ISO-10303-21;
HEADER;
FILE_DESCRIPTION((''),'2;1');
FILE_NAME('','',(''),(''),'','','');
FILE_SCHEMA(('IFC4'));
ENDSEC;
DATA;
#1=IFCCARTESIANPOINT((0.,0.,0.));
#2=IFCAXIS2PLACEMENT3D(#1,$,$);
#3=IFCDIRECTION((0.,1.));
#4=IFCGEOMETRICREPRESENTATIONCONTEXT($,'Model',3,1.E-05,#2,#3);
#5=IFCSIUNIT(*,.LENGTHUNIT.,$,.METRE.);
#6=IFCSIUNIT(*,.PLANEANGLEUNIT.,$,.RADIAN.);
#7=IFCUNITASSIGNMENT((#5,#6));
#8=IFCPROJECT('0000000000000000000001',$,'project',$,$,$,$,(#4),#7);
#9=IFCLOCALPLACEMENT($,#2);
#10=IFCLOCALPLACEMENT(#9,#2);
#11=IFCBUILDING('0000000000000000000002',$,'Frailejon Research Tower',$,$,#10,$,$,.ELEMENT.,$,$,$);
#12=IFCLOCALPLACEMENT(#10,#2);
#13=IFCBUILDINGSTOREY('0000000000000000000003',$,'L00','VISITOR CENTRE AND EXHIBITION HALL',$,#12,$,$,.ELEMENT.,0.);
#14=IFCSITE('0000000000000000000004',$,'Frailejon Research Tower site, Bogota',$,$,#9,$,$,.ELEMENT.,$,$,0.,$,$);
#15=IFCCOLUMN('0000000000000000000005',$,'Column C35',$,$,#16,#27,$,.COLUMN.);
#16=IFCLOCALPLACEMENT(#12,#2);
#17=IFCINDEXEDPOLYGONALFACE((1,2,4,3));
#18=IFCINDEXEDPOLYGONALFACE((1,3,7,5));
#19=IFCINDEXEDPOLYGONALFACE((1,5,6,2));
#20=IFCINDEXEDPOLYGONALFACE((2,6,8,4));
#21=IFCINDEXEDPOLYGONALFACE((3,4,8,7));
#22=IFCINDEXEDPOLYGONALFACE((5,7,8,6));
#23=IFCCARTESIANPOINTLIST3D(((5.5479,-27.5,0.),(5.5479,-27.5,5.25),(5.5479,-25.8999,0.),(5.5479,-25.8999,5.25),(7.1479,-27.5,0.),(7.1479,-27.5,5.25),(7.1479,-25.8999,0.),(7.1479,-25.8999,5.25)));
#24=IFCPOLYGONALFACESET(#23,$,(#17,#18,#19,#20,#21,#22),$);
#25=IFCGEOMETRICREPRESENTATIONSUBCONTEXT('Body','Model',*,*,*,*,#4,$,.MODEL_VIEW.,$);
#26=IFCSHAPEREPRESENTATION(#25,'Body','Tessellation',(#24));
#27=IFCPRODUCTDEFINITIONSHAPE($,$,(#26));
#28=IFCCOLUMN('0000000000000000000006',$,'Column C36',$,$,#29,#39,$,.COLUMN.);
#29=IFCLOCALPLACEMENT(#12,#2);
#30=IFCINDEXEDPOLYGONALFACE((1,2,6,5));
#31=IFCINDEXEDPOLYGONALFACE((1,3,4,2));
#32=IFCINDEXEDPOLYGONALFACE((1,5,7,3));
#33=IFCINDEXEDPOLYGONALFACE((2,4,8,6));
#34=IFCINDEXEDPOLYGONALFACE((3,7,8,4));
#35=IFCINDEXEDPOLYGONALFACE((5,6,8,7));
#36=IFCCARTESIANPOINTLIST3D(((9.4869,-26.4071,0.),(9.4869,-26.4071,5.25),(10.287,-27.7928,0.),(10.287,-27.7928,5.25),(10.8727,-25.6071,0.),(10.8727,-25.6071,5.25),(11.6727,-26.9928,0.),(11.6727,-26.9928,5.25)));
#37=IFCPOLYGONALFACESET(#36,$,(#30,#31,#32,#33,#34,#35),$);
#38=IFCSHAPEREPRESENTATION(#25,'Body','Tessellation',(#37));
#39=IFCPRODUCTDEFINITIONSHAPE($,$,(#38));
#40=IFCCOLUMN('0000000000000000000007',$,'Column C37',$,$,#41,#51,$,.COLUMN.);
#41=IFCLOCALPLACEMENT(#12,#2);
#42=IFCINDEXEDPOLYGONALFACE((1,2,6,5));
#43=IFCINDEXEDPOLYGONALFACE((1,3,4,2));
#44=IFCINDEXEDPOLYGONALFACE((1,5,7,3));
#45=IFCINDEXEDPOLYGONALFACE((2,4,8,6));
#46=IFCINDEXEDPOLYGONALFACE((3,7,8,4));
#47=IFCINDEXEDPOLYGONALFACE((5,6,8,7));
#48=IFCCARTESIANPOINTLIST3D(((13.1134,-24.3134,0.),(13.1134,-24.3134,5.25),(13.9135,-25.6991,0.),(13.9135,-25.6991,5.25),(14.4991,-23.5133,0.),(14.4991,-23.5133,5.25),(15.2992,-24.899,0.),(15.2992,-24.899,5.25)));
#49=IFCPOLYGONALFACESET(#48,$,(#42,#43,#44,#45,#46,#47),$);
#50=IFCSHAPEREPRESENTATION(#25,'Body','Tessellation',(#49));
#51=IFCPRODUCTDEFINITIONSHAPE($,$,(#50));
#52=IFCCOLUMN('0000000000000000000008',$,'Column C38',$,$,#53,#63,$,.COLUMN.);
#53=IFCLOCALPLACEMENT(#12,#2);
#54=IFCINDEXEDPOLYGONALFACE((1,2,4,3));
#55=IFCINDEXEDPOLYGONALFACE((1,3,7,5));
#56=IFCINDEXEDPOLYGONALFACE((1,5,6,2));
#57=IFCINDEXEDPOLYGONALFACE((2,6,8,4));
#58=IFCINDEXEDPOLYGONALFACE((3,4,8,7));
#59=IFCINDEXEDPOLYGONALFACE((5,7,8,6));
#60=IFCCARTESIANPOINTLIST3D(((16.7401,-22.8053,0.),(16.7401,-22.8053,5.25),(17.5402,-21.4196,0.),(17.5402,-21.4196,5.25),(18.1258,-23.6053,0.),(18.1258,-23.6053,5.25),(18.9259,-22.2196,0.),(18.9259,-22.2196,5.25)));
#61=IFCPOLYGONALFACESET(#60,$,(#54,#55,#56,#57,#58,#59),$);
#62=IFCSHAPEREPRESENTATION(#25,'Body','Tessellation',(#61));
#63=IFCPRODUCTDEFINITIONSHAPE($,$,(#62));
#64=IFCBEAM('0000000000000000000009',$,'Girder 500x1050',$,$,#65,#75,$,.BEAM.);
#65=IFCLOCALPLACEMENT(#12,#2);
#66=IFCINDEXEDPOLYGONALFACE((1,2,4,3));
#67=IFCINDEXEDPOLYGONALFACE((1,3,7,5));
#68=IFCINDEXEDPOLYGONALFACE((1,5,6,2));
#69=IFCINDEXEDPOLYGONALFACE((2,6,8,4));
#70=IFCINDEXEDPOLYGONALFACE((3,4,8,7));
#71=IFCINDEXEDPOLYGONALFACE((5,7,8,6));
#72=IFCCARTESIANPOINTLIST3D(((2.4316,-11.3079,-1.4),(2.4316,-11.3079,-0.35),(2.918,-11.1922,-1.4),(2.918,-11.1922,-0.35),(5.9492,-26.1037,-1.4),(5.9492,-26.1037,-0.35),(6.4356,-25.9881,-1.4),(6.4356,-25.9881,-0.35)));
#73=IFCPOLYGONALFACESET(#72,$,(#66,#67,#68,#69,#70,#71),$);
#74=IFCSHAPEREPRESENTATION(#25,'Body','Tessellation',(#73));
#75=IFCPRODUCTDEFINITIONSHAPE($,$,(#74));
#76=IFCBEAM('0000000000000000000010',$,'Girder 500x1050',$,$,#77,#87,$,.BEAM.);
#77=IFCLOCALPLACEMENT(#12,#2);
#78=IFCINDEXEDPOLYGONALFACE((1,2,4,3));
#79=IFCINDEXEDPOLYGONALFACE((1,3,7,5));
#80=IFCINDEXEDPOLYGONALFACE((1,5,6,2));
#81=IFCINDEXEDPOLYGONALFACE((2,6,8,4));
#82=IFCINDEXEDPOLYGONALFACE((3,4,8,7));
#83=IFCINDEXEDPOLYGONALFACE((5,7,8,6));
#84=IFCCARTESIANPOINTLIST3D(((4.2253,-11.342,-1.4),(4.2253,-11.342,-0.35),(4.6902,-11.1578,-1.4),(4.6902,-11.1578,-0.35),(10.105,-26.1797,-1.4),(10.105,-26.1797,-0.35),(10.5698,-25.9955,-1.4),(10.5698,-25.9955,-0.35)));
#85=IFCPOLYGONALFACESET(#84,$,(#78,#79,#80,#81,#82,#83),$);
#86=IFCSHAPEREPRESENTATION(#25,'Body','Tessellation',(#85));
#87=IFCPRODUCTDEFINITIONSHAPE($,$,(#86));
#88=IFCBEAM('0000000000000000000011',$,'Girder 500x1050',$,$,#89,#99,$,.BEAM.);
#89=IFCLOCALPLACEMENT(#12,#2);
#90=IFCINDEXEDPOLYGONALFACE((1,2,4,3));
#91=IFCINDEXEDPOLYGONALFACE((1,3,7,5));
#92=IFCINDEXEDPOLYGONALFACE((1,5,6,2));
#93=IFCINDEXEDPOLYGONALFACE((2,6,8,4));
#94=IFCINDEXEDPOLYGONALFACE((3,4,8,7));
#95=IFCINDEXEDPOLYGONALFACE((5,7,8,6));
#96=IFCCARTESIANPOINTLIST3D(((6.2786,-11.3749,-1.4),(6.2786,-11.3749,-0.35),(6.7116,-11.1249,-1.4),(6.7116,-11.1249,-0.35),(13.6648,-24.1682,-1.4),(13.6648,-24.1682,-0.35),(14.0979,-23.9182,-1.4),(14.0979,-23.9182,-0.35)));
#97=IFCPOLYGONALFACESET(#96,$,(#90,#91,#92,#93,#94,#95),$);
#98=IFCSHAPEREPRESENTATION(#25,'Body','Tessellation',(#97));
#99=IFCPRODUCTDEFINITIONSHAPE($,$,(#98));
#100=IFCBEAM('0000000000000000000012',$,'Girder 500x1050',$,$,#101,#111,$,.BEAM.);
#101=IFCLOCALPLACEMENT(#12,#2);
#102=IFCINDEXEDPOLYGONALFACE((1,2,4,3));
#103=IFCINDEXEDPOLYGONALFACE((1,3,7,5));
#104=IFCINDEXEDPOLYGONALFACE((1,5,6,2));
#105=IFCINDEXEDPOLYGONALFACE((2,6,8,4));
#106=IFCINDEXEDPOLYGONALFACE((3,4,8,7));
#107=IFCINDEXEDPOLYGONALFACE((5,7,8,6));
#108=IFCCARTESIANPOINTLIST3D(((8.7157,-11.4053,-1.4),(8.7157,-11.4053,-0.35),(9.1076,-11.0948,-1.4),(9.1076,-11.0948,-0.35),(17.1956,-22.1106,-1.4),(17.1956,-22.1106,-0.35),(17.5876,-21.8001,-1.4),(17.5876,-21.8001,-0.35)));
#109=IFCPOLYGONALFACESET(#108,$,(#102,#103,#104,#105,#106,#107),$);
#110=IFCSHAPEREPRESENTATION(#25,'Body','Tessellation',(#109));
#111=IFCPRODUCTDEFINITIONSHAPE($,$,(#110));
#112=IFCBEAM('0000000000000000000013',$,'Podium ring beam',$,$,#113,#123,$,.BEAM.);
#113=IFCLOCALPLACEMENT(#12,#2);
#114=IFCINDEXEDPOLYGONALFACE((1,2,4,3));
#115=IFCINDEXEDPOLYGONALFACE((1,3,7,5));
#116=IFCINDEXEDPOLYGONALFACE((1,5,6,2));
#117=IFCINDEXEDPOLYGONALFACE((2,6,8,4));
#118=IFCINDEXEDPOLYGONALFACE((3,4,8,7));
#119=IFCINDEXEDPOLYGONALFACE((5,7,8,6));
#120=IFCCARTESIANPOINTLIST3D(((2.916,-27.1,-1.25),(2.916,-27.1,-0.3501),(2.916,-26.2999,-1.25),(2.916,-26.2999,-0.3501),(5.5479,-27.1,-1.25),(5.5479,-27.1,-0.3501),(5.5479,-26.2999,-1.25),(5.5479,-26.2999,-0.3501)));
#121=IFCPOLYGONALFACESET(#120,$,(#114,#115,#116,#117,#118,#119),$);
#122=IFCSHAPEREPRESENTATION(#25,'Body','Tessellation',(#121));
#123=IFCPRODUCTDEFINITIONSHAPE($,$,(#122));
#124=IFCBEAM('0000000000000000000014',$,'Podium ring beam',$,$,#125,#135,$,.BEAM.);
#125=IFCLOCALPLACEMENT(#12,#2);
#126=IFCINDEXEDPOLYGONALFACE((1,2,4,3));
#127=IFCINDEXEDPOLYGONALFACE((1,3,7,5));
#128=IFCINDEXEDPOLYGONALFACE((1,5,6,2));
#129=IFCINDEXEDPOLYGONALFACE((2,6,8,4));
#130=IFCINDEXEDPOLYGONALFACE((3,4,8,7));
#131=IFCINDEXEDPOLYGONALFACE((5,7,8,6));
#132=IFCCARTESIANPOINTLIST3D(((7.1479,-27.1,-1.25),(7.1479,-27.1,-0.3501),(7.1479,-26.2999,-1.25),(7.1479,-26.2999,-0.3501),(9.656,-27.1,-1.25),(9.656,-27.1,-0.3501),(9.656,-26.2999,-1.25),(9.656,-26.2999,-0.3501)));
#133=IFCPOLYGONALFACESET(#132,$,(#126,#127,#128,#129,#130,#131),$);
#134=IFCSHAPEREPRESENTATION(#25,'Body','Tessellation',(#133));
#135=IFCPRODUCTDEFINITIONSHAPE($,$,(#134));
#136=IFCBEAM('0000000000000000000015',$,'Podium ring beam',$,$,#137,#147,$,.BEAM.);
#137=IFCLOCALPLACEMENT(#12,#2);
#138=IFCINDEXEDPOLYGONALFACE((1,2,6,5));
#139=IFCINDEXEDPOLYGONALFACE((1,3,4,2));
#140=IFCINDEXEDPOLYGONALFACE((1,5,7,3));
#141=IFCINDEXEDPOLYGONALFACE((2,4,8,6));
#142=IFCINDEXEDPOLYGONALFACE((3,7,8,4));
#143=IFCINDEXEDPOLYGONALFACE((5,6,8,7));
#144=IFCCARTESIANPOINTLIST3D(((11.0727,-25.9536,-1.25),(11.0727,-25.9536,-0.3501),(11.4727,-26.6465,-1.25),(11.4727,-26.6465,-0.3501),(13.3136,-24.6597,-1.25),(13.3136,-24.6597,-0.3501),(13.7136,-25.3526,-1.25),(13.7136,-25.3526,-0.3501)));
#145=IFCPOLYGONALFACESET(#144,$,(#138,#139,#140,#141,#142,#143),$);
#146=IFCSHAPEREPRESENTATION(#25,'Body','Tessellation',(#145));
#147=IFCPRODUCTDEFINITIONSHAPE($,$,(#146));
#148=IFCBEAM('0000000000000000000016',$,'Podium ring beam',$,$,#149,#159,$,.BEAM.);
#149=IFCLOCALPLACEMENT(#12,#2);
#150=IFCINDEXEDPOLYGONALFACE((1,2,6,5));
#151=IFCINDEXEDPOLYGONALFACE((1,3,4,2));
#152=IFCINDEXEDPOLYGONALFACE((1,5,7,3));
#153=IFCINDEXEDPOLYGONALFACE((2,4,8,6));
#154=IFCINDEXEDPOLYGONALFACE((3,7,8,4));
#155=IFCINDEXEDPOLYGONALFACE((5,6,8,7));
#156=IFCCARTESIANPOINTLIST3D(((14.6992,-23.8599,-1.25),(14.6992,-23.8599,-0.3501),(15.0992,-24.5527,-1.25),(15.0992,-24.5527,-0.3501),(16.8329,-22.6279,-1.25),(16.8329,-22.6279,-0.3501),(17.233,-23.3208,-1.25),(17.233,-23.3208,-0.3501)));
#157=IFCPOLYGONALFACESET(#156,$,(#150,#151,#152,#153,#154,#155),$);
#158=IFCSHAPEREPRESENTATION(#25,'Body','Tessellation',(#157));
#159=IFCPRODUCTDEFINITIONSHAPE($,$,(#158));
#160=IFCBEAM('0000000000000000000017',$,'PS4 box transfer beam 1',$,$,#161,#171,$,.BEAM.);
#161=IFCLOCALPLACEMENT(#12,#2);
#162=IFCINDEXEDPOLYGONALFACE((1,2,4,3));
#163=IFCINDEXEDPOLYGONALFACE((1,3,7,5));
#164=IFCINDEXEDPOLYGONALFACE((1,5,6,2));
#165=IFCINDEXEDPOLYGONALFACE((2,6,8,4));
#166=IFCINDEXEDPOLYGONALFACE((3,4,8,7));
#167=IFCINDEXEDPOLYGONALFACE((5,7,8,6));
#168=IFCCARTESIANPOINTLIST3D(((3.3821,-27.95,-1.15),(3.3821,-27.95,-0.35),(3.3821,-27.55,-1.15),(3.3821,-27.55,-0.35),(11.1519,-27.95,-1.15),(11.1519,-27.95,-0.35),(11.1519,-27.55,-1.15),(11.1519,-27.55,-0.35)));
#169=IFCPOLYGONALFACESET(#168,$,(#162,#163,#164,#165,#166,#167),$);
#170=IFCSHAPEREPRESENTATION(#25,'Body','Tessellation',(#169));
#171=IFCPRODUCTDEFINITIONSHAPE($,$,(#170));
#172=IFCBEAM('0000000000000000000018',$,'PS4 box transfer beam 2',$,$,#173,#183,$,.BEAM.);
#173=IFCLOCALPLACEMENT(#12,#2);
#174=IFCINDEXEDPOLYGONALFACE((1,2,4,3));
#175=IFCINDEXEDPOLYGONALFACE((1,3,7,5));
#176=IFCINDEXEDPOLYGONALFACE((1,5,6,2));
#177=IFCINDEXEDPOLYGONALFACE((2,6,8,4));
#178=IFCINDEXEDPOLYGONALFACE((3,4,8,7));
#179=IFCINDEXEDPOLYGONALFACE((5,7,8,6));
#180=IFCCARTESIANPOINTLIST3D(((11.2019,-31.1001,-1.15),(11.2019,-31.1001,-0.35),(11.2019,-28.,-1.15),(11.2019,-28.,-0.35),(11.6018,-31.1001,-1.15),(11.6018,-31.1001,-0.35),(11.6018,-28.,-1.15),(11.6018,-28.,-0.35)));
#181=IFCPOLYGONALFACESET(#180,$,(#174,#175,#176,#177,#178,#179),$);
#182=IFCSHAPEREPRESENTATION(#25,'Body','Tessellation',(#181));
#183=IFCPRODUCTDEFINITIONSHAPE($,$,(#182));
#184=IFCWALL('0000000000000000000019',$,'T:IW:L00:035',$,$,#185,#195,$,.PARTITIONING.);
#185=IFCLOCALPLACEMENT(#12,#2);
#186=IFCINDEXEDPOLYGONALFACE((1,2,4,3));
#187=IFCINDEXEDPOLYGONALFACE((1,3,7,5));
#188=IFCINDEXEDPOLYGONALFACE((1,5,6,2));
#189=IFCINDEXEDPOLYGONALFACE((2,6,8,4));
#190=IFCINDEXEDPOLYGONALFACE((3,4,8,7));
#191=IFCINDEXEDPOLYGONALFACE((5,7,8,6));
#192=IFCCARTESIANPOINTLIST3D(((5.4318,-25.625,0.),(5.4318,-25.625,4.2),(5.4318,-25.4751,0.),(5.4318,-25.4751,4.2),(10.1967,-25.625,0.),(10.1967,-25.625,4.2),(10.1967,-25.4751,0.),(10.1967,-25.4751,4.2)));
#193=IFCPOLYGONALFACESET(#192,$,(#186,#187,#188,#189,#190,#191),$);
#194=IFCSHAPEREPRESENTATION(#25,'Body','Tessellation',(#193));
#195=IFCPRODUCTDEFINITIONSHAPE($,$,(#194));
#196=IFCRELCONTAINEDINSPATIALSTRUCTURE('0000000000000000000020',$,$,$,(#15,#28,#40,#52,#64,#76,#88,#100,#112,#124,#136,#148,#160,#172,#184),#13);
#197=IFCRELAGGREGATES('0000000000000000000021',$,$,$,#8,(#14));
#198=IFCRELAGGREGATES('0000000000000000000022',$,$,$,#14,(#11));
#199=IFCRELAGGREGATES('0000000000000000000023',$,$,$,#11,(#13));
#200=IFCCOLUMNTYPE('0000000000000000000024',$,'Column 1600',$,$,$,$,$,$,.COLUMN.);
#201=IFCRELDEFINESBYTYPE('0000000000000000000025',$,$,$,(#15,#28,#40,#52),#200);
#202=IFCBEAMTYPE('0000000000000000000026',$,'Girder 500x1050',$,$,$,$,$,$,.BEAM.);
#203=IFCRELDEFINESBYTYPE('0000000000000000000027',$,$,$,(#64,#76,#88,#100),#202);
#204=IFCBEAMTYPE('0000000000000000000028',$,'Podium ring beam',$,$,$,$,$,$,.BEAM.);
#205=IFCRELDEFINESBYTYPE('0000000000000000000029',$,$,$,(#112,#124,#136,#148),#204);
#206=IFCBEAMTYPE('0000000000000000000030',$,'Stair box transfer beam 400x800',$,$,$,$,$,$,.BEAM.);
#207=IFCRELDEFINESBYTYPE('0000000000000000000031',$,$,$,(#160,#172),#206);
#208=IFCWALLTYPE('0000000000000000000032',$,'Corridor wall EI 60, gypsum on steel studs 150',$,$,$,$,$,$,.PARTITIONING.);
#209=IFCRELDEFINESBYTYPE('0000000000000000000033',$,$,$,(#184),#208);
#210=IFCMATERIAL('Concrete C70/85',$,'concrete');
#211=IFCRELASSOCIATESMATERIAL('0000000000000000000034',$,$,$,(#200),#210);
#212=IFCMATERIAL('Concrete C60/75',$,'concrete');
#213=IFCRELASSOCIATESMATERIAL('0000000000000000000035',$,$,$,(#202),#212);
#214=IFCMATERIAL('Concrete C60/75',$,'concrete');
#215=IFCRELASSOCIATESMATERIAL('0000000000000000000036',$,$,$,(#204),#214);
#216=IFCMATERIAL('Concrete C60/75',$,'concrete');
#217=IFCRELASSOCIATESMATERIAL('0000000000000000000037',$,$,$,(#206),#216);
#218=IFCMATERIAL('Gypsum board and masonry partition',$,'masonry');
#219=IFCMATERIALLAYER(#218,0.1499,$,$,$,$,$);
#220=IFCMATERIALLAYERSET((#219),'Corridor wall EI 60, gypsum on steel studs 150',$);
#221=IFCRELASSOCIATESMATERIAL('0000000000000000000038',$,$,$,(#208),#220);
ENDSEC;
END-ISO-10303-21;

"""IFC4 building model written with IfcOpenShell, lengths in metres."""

from ifc_helpers import new_model, si_unit, direction, frame, frame_2d, origin, origin_2d, place, context, subcontext, project, spatial, rectangle, extrude, material, layer, layer_set, material_profile, profile_set, type_object, element, save


model = new_model("IFC4")

# Units and contexts
model_context = context("Model", 3, precision=1e-05, world=origin(), true_north=direction((0.0, 1.0)))
body_context = subcontext(model_context, "Body", "Model", "MODEL_VIEW")
ifc_project = project(units=[si_unit("LENGTHUNIT", "METRE"), si_unit("PLANEANGLEUNIT", "RADIAN")], contexts=[model_context])

# Site, building, storey
site_placement = place(None, origin())
site = spatial("IfcSite", under=ifc_project, at=site_placement, Name="Frailejon Research Tower site, Bogota", CompositionType="ELEMENT", RefElevation=0.0)
building_placement = place(site_placement, origin())
building = spatial("IfcBuilding", under=site, at=building_placement, Name="Frailejon Research Tower", CompositionType="ELEMENT")
storey_placement = place(building_placement, origin())
storey = spatial("IfcBuildingStorey", under=building, at=storey_placement, Name="L00", Description="VISITOR CENTRE AND EXHIBITION HALL", CompositionType="ELEMENT", Elevation=0.0)

# Columns
ifc_material_1 = material(Name="Concrete C70/85", Category="concrete")
ifc_material_profile_1 = material_profile(ifc_material_1, rectangle(XDim=1.6001, YDim=1.6001, at=origin_2d()), Name="Column 1600")
ifc_profile_set_1 = profile_set([ifc_material_profile_1], Name="Concrete C70/85")
column_type = type_object("IfcColumnType", Name="Column 1600", PredefinedType="COLUMN", material=ifc_profile_set_1)
for number, where, z_axis, x_axis, name in (
    (1, (6.3479, -26.7, 0.0), (0.0, 0.0, 1.0), (1.0, 0.0, 0.0), "Column C35"),
    (2, (10.5798, -26.7, 0.0), (0.0, 0.0, 1.0), (0.866025, 0.5, 0.0), "Column C36"),
    (3, (14.2063, -24.6062, 0.0), (0.0, 0.0, 1.0), (0.866025, 0.5, 0.0), "Column C37"),
    (4, (17.833, -22.5125, 0.0), (0.0, 0.0, 1.0), (0.5, 0.866025, 0.0), "Column C38"),
):
    element("IfcColumn", number, at=place(storey_placement, frame(where, z_axis=z_axis, x_axis=x_axis)), inside=storey, type_object=column_type, Name=name, PredefinedType="COLUMN", context=body_context, shape_type="SweptSolid", body=[
        extrude(rectangle(XDim=1.6001, YDim=1.6001, at=origin_2d()), origin(), (0.0, 0.0, 1.0), 5.25),
    ])

# Beams
ifc_material_2 = material(Name="Concrete C60/75", Category="concrete")
ifc_material_profile_2 = material_profile(ifc_material_2, rectangle(XDim=0.5, YDim=1.05, at=origin_2d()), Name="Girder 500x1050")
ifc_profile_set_2 = profile_set([ifc_material_profile_2], Name="Concrete C60/75")
beam_type_1 = type_object("IfcBeamType", Name="Girder 500x1050", PredefinedType="BEAM", material=ifc_profile_set_2)
beam_1_placement = place(storey_placement, frame((6.1924, -26.0459, -0.875), z_axis=(-0.231294, 0.972884, 0.0), x_axis=(-0.972884, -0.231294, 0.0)))
element("IfcBeam", 5, at=beam_1_placement, inside=storey, type_object=beam_type_1, Name="Girder 500x1050", PredefinedType="BEAM", context=body_context, shape_type="SweptSolid", body=[
    extrude(rectangle(XDim=0.5, YDim=1.05, at=origin_2d()), origin(), (0.0, 0.0, 1.0), 15.2083),
])
beam_2_placement = place(storey_placement, frame((10.3374, -26.0876, -0.875), z_axis=(-0.368395, 0.929669, 0.0), x_axis=(-0.929669, -0.368395, 0.0)))
element("IfcBeam", 6, at=beam_2_placement, inside=storey, type_object=beam_type_1, Name="Girder 500x1050", PredefinedType="BEAM", context=body_context, shape_type="SweptSolid", body=[
    extrude(rectangle(XDim=0.5, YDim=1.05, at=origin_2d()), origin(), (0.0, 0.0, 1.0), 15.9602),
])
beam_3_placement = place(storey_placement, frame((13.8813, -24.0432, -0.875), z_axis=(-0.500003, 0.866023, 0.0), x_axis=(-0.866023, -0.500003, 0.0)))
element("IfcBeam", 7, at=beam_3_placement, inside=storey, type_object=beam_type_1, Name="Girder 500x1050", PredefinedType="BEAM", context=body_context, shape_type="SweptSolid", body=[
    extrude(rectangle(XDim=0.5, YDim=1.05, at=origin_2d()), origin(), (0.0, 0.0, 1.0), 14.7725),
])
beam_4_placement = place(storey_placement, frame((17.3916, -21.9553, -0.875), z_axis=(-0.620925, 0.78387, 0.0), x_axis=(-0.78387, -0.620925, 0.0)))
element("IfcBeam", 8, at=beam_4_placement, inside=storey, type_object=beam_type_1, Name="Girder 500x1050", PredefinedType="BEAM", context=body_context, shape_type="SweptSolid", body=[
    extrude(rectangle(XDim=0.5, YDim=1.05, at=origin_2d()), origin(), (0.0, 0.0, 1.0), 13.657),
])
ifc_material_3 = material(Name="Concrete C60/75", Category="concrete")
ifc_material_profile_3 = material_profile(ifc_material_3, rectangle(XDim=0.8, YDim=0.8999, at=origin_2d()), Name="Podium ring beam")
ifc_profile_set_3 = profile_set([ifc_material_profile_3], Name="Concrete C60/75")
beam_type_2 = type_object("IfcBeamType", Name="Podium ring beam", PredefinedType="BEAM", material=ifc_profile_set_3)
beam_5_placement = place(storey_placement, frame((2.916, -26.7, -0.8), z_axis=(1.0, 0.0, 0.0), x_axis=(0.0, 1.0, 0.0)))
element("IfcBeam", 9, at=beam_5_placement, inside=storey, type_object=beam_type_2, Name="Podium ring beam", PredefinedType="BEAM", context=body_context, shape_type="SweptSolid", body=[
    extrude(rectangle(XDim=0.8, YDim=0.8999, at=origin_2d()), origin(), (0.0, 0.0, 1.0), 2.6318),
])
beam_6_placement = place(storey_placement, frame((7.1479, -26.7, -0.8), z_axis=(1.0, 0.0, 0.0), x_axis=(0.0, 1.0, 0.0)))
element("IfcBeam", 10, at=beam_6_placement, inside=storey, type_object=beam_type_2, Name="Podium ring beam", PredefinedType="BEAM", context=body_context, shape_type="SweptSolid", body=[
    extrude(rectangle(XDim=0.8, YDim=0.8999, at=origin_2d()), origin(), (0.0, 0.0, 1.0), 2.5081),
])
beam_7_placement = place(storey_placement, frame((11.2727, -26.3, -0.8), z_axis=(0.866005, 0.500036, 0.0), x_axis=(-0.500036, 0.866005, 0.0)))
element("IfcBeam", 11, at=beam_7_placement, inside=storey, type_object=beam_type_2, Name="Podium ring beam", PredefinedType="BEAM", context=body_context, shape_type="SweptSolid", body=[
    extrude(rectangle(XDim=0.8, YDim=0.8999, at=origin_2d()), origin(), (0.0, 0.0, 1.0), 2.5876),
])
beam_8_placement = place(storey_placement, frame((14.8992, -24.2063, -0.8), z_axis=(0.866027, 0.499997, 0.0), x_axis=(-0.499997, 0.866027, 0.0)))
element("IfcBeam", 12, at=beam_8_placement, inside=storey, type_object=beam_type_2, Name="Podium ring beam", PredefinedType="BEAM", context=body_context, shape_type="SweptSolid", body=[
    extrude(rectangle(XDim=0.8, YDim=0.8999, at=origin_2d()), origin(), (0.0, 0.0, 1.0), 2.4639),
])
ifc_material_4 = material(Name="Concrete C60/75", Category="concrete")
ifc_material_profile_4 = material_profile(ifc_material_4, rectangle(XDim=0.3999, YDim=0.8, at=origin_2d()), Name="Stair box transfer beam 400x800")
ifc_profile_set_4 = profile_set([ifc_material_profile_4], Name="Concrete C60/75")
beam_type_3 = type_object("IfcBeamType", Name="Stair box transfer beam 400x800", PredefinedType="BEAM", material=ifc_profile_set_4)
beam_9_placement = place(storey_placement, frame((3.3821, -27.75, -0.75), z_axis=(1.0, 0.0, 0.0), x_axis=(0.0, 1.0, 0.0)))
element("IfcBeam", 13, at=beam_9_placement, inside=storey, type_object=beam_type_3, Name="PS4 box transfer beam 1", PredefinedType="BEAM", context=body_context, shape_type="SweptSolid", body=[
    extrude(rectangle(XDim=0.3999, YDim=0.8, at=origin_2d()), origin(), (0.0, 0.0, 1.0), 7.7698),
])
beam_10_placement = place(storey_placement, frame((11.4019, -28.0, -0.75), z_axis=(0.0, -1.0, 0.0), x_axis=(1.0, 0.0, 0.0)))
element("IfcBeam", 14, at=beam_10_placement, inside=storey, type_object=beam_type_3, Name="PS4 box transfer beam 2", PredefinedType="BEAM", context=body_context, shape_type="SweptSolid", body=[
    extrude(rectangle(XDim=0.3999, YDim=0.8, at=origin_2d()), origin(), (0.0, 0.0, 1.0), 3.1001),
])

# Wall
ifc_material_5 = material(Name="Gypsum board and masonry partition", Category="masonry")
ifc_layer_1 = layer(ifc_material_5, 0.1499)
ifc_layer_set_1 = layer_set([ifc_layer_1], Name="Corridor wall EI 60, gypsum on steel studs 150")
wall_type_1 = type_object("IfcWallType", Name="Corridor wall EI 60, gypsum on steel studs 150", PredefinedType="PARTITIONING", material=ifc_layer_set_1)
wall_1_placement = place(storey_placement, frame((5.4319, -25.55, 0.0), z_axis=(0.0, 0.0, 1.0), x_axis=(1.0, 0.0, 0.0)))
element("IfcWall", 15, at=wall_1_placement, inside=storey, type_object=wall_type_1, Name="T:IW:L00:035", PredefinedType="PARTITIONING", context=body_context, shape_type="SweptSolid", body=[
    extrude(rectangle(XDim=4.7649, YDim=0.1499, at=frame_2d((2.3823, 0.0))), origin(), (0.0, 0.0, 1.0), 4.2),
])

save(model, "model.ifc")
